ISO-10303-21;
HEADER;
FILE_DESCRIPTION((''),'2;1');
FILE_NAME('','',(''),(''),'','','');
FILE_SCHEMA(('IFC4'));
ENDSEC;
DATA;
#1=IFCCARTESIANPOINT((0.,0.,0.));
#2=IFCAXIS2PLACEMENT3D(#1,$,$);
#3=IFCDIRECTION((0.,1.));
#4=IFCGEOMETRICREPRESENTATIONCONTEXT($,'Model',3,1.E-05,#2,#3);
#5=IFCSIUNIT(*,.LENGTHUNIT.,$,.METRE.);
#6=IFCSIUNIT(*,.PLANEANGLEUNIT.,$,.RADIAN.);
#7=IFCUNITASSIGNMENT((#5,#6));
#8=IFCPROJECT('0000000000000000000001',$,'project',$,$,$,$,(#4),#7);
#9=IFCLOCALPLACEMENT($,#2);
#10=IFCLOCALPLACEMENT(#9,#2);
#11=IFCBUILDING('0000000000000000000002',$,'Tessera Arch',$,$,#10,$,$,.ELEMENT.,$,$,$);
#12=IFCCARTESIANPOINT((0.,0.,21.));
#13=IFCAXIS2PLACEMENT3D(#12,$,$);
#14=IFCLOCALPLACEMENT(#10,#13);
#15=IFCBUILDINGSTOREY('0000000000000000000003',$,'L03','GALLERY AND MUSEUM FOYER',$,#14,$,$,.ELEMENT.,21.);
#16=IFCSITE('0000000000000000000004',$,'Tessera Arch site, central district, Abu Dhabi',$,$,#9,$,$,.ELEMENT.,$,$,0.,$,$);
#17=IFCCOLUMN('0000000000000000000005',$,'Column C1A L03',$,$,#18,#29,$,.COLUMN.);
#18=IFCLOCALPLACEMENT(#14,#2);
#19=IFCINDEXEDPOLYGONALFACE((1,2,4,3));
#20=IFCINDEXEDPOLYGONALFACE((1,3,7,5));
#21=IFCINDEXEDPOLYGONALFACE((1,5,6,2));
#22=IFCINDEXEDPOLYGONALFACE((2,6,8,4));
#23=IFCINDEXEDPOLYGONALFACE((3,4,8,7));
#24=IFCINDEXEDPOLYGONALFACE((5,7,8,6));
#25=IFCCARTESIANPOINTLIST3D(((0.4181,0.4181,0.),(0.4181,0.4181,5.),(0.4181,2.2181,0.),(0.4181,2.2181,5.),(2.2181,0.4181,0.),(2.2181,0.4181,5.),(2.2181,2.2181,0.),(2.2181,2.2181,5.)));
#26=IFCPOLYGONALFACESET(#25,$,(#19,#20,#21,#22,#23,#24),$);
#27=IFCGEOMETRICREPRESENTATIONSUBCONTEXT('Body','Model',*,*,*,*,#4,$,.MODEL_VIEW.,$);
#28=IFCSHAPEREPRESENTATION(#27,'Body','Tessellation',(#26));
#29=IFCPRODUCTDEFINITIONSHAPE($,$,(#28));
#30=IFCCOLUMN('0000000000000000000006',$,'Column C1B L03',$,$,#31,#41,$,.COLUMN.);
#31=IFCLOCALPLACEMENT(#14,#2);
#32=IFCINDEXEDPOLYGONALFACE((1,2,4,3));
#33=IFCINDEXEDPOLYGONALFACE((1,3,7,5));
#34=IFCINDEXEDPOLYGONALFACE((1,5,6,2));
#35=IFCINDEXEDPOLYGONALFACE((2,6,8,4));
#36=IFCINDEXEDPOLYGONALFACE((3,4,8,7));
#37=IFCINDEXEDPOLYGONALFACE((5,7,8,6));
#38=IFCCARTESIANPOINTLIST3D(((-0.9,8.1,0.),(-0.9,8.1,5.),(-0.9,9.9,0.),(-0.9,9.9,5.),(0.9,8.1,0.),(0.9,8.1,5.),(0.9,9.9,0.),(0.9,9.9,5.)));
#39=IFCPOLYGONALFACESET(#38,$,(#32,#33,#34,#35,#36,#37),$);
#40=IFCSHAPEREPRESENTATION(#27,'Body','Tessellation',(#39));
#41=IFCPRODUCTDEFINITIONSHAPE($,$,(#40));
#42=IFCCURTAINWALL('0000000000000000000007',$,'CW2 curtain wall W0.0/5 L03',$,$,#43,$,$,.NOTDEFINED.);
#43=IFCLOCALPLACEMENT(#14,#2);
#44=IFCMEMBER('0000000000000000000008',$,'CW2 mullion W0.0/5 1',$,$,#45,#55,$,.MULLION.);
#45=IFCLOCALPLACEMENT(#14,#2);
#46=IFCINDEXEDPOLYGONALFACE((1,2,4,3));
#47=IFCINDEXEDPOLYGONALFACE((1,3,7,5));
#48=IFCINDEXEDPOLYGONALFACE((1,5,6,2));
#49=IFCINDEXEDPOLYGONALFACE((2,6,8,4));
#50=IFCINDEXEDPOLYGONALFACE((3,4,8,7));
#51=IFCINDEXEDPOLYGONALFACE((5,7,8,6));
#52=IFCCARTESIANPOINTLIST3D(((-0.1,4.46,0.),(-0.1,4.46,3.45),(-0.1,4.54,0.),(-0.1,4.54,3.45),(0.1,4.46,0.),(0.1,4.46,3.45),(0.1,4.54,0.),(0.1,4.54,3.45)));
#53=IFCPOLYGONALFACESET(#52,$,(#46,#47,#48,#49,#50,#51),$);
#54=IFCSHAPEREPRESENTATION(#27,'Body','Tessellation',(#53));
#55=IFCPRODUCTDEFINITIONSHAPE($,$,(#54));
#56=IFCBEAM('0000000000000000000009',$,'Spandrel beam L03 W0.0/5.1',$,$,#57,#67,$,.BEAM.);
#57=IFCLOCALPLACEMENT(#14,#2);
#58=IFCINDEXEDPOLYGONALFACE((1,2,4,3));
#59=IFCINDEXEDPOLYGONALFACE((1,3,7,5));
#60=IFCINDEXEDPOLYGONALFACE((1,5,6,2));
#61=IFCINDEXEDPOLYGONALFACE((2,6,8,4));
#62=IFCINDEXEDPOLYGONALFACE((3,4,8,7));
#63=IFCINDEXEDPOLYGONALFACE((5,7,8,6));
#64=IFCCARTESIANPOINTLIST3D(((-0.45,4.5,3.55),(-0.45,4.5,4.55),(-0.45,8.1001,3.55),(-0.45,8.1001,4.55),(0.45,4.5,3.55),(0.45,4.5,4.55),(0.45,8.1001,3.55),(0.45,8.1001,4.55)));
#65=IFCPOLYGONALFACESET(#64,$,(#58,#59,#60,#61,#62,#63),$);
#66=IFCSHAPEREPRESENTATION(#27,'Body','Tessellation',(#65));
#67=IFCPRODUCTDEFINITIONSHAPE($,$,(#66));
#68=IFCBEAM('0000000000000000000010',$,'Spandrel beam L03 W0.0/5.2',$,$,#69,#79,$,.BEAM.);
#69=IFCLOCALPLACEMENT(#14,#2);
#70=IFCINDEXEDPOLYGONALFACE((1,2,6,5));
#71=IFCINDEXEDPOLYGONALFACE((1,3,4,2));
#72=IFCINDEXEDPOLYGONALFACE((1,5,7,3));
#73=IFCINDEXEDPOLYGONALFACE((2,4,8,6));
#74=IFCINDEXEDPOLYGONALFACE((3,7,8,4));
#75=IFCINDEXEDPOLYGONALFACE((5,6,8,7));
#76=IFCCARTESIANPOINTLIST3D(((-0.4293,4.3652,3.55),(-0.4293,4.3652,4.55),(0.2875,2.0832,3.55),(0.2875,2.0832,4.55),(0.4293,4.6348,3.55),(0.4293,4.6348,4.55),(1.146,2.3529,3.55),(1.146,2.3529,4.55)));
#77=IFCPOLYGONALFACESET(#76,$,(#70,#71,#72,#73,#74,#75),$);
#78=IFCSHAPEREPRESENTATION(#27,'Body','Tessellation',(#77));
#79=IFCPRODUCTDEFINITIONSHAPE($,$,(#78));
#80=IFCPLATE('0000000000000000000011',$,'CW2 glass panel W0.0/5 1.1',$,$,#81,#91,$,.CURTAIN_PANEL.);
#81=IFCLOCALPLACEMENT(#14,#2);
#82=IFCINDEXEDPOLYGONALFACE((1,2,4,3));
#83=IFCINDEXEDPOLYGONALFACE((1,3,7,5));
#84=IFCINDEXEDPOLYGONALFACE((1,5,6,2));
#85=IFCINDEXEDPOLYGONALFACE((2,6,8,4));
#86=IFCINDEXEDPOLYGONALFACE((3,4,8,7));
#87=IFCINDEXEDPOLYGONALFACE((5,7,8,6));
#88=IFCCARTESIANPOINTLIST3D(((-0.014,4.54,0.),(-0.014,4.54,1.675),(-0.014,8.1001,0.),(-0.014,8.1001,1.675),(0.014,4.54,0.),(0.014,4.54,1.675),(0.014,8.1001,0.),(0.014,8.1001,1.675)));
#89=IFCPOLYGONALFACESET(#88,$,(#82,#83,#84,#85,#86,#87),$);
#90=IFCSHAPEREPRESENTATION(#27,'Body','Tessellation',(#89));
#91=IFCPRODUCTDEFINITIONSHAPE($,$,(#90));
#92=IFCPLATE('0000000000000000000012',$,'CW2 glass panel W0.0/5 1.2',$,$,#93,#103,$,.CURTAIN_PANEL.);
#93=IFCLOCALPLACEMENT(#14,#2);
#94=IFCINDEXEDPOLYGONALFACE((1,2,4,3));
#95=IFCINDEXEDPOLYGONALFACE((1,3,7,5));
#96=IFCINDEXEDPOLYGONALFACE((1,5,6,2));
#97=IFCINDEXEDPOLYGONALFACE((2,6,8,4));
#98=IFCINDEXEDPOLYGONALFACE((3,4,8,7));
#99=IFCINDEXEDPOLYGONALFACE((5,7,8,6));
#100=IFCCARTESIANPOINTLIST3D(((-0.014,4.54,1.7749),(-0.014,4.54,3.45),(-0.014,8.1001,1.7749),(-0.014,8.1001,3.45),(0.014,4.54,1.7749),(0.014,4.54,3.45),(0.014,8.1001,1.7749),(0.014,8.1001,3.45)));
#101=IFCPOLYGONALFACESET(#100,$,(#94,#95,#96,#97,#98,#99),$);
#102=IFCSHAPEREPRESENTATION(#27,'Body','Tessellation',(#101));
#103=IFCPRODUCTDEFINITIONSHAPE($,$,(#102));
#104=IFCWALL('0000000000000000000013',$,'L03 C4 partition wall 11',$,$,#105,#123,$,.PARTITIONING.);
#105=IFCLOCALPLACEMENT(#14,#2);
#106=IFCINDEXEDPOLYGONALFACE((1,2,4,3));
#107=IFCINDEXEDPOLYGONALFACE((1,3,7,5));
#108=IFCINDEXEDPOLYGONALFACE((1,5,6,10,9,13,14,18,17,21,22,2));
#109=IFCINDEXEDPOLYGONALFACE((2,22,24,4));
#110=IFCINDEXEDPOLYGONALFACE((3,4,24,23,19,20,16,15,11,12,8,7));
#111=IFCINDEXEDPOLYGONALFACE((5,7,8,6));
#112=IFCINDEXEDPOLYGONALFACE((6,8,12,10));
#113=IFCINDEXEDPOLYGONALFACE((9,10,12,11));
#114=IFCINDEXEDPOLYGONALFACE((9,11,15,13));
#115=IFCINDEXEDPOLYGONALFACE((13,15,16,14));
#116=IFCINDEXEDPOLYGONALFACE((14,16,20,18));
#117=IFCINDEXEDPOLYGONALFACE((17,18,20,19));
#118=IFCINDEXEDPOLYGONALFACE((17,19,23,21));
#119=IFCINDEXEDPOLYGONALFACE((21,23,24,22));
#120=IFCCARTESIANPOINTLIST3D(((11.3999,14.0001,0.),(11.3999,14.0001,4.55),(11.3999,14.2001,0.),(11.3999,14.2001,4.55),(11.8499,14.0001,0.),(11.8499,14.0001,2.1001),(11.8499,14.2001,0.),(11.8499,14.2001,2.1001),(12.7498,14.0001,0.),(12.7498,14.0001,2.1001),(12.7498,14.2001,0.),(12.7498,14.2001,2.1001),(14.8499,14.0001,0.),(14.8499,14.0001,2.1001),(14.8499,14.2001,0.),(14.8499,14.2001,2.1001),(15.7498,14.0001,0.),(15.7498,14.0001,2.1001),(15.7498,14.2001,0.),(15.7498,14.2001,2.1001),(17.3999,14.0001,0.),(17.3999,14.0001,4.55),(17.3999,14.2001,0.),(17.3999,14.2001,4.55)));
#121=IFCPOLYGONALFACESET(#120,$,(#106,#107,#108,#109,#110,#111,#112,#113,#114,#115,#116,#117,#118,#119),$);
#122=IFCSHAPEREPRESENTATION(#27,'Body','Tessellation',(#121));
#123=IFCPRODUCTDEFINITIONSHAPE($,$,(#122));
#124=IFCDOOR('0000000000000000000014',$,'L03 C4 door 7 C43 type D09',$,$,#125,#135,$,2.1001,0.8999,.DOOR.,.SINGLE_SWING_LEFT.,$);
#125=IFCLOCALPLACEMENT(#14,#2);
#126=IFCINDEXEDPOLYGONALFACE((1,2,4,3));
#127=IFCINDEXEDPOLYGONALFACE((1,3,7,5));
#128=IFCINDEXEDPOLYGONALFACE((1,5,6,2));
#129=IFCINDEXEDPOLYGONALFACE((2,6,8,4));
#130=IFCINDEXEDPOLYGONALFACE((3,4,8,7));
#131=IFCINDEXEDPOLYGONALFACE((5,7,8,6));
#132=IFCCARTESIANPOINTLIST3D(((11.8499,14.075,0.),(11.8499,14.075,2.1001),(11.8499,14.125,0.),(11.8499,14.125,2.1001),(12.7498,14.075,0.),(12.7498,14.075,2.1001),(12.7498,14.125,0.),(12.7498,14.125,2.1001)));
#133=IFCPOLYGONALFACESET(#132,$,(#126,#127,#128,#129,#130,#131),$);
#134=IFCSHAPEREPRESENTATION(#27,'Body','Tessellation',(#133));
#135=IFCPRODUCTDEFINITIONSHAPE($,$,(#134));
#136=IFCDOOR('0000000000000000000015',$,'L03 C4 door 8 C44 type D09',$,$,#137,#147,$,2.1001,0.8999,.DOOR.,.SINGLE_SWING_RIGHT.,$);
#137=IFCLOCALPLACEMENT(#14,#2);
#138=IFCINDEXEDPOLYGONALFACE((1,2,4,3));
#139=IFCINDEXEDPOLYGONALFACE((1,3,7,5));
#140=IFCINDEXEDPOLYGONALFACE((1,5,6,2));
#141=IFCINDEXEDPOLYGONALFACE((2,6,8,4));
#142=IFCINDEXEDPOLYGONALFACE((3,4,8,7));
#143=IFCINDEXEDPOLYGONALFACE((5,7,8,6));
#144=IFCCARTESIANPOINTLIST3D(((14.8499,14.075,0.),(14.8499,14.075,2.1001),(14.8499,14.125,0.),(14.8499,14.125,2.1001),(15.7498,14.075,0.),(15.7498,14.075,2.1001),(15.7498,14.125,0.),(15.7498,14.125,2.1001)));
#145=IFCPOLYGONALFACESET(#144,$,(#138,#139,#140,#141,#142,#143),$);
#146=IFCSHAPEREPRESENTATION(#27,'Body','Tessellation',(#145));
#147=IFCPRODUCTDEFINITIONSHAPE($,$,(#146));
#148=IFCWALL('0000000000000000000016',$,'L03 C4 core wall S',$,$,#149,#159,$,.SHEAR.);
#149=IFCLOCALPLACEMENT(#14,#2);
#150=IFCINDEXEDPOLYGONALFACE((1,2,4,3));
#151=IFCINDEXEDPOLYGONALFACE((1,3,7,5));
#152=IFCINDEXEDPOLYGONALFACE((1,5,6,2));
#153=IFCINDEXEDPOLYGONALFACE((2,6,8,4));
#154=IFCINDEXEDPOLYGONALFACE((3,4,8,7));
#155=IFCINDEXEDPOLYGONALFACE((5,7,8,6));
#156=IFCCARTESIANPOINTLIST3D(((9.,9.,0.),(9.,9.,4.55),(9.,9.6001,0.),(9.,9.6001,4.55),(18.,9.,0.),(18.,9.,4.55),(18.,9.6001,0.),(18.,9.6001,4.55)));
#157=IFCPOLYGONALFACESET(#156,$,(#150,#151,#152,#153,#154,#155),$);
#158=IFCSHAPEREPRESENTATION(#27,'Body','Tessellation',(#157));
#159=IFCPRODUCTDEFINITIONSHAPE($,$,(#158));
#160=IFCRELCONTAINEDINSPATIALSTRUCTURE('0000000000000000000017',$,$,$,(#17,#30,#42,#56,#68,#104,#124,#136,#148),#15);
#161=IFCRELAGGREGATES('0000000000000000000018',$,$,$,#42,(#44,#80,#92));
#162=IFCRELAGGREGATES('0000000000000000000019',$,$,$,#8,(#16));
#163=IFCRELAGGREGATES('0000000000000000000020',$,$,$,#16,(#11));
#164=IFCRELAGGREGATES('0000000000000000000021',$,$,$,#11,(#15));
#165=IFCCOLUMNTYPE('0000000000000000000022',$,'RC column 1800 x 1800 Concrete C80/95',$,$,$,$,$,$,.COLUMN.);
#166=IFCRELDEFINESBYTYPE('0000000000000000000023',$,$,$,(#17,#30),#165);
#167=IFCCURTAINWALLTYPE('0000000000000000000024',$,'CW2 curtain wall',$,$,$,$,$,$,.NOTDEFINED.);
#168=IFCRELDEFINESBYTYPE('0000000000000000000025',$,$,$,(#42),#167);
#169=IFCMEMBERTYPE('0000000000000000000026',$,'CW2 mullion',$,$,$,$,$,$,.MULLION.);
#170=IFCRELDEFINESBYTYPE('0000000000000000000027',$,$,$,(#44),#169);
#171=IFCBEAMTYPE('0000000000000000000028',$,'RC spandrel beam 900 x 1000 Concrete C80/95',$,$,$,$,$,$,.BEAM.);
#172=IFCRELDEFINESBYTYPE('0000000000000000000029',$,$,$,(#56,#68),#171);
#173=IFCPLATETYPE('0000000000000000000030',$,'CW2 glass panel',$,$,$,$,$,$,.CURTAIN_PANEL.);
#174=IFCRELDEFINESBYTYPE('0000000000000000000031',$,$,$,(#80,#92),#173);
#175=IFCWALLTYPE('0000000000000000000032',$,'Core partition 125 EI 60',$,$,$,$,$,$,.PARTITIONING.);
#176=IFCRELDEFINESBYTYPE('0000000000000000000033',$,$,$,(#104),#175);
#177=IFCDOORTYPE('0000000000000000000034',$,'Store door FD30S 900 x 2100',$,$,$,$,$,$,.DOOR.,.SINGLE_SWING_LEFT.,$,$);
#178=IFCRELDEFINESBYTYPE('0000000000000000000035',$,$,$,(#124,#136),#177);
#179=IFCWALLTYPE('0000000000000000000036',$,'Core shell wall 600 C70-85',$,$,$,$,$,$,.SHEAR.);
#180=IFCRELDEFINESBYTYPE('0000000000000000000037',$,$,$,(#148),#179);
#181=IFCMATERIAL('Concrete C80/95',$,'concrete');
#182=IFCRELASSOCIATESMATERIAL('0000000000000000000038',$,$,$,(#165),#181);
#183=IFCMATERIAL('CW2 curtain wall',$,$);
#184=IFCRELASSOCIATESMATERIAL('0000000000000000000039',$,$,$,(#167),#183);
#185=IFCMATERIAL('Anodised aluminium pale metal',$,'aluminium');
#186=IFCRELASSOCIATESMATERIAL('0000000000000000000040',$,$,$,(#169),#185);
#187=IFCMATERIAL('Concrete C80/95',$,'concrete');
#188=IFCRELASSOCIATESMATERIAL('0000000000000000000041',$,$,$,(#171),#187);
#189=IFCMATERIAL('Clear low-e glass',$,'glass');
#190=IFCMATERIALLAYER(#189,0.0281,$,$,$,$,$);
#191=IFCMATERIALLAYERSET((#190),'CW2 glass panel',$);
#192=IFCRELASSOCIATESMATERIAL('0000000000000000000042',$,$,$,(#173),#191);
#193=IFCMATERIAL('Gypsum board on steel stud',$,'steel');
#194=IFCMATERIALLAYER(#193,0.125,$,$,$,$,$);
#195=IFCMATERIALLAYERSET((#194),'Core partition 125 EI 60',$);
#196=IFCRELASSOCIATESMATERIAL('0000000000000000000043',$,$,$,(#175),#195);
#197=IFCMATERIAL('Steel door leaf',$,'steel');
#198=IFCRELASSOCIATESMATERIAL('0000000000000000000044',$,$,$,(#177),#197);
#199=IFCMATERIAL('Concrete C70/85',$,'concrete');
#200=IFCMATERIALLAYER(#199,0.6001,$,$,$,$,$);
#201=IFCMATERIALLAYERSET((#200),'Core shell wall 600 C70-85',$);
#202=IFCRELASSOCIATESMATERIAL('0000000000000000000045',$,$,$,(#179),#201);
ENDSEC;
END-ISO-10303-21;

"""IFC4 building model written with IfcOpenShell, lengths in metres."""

from ifc_helpers import new_model, si_unit, direction, frame, frame_2d, origin, origin_2d, place, context, subcontext, project, spatial, rectangle, extrude, material, layer, layer_set, material_profile, profile_set, type_object, element, fill, aggregate, save


model = new_model("IFC4")

# Units and contexts
model_context = context("Model", 3, precision=1e-05, world=origin(), true_north=direction((0.0, 1.0)))
body_context = subcontext(model_context, "Body", "Model", "MODEL_VIEW")
ifc_project = project(units=[si_unit("LENGTHUNIT", "METRE"), si_unit("PLANEANGLEUNIT", "RADIAN")], contexts=[model_context])

# Site, building, storey
site_placement = place(None, origin())
site = spatial("IfcSite", under=ifc_project, at=site_placement, Name="Tessera Arch site, central district, Abu Dhabi", CompositionType="ELEMENT", RefElevation=0.0)
building_placement = place(site_placement, origin())
building = spatial("IfcBuilding", under=site, at=building_placement, Name="Tessera Arch", CompositionType="ELEMENT")
storey_placement = place(building_placement, frame((0.0, 0.0, 21.0)))
storey = spatial("IfcBuildingStorey", under=building, at=storey_placement, Name="L03", Description="GALLERY AND MUSEUM FOYER", CompositionType="ELEMENT", Elevation=21.0)

# Columns
ifc_material_1 = material(Name="Concrete C80/95", Category="concrete")
ifc_material_profile_1 = material_profile(ifc_material_1, rectangle(XDim=1.8, YDim=1.8, at=origin_2d()), Name="RC column 1800 x 1800 Concrete C80/95")
ifc_profile_set_1 = profile_set([ifc_material_profile_1], Name="Concrete C80/95")
column_type = type_object("IfcColumnType", Name="RC column 1800 x 1800 Concrete C80/95", PredefinedType="COLUMN", material=ifc_profile_set_1)
for number, where, z_axis, x_axis, name in (
    (1, (1.3181, 1.3181, 0.0), (0.0, 0.0, 1.0), (1.0, 0.0, 0.0), "Column C1A L03"),
    (2, (0.0, 9.0, 0.0), (0.0, 0.0, 1.0), (1.0, 0.0, 0.0), "Column C1B L03"),
):
    element("IfcColumn", number, at=place(storey_placement, frame(where, z_axis=z_axis, x_axis=x_axis)), inside=storey, type_object=column_type, Name=name, PredefinedType="COLUMN", context=body_context, shape_type="SweptSolid", body=[
        extrude(rectangle(XDim=1.8, YDim=1.8, at=origin_2d()), origin(), (0.0, 0.0, 1.0), 5.0),
    ])

# Curtain wall, member
ifc_material_2 = material(Name="CW2 curtain wall")
curtain_wall_type = type_object("IfcCurtainWallType", Name="CW2 curtain wall", PredefinedType="NOTDEFINED", material=ifc_material_2)
curtain_wall_placement = place(storey_placement, origin())
curtain_wall = element("IfcCurtainWall", 3, at=curtain_wall_placement, inside=storey, type_object=curtain_wall_type, Name="CW2 curtain wall W0.0/5 L03", PredefinedType="NOTDEFINED")
ifc_material_3 = material(Name="Anodised aluminium pale metal", Category="aluminium")
ifc_material_profile_2 = material_profile(ifc_material_3, rectangle(XDim=0.2, YDim=0.0801, at=origin_2d()), Name="AL 80x200")
ifc_profile_set_2 = profile_set([ifc_material_profile_2], Name="Anodised aluminium pale metal")
member_type = type_object("IfcMemberType", Name="CW2 mullion", PredefinedType="MULLION", material=ifc_profile_set_2)
member_placement = place(storey_placement, frame((0.0, 4.5, 0.0), z_axis=(0.0, 0.0, 1.0), x_axis=(1.0, 0.0, 0.0)))
member = element("IfcMember", 4, at=member_placement, type_object=member_type, Name="CW2 mullion W0.0/5 1", PredefinedType="MULLION", context=body_context, shape_type="SweptSolid", body=[
    extrude(rectangle(XDim=0.2, YDim=0.0801, at=origin_2d()), origin(), (0.0, 0.0, 1.0), 3.45),
])

# Beams
ifc_material_4 = material(Name="Concrete C80/95", Category="concrete")
ifc_material_profile_3 = material_profile(ifc_material_4, rectangle(XDim=0.8999, YDim=1.0, at=origin_2d()), Name="RC spandrel beam 900 x 1000 Concrete C80/95")
ifc_profile_set_3 = profile_set([ifc_material_profile_3], Name="Concrete C80/95")
beam_type = type_object("IfcBeamType", Name="RC spandrel beam 900 x 1000 Concrete C80/95", PredefinedType="BEAM", material=ifc_profile_set_3)
beam_1_placement = place(storey_placement, frame((0.0, 8.1001, 4.05), z_axis=(0.0, -1.0, 0.0), x_axis=(1.0, 0.0, 0.0)))
element("IfcBeam", 5, at=beam_1_placement, inside=storey, type_object=beam_type, Name="Spandrel beam L03 W0.0/5.1", PredefinedType="BEAM", context=body_context, shape_type="SweptSolid", body=[
    extrude(rectangle(XDim=0.8999, YDim=1.0, at=origin_2d()), origin(), (0.0, 0.0, 1.0), 3.6001),
])
beam_2_placement = place(storey_placement, frame((0.0, 4.5, 4.05), z_axis=(0.299675, -0.954041, 0.0), x_axis=(0.954041, 0.299675, 0.0)))
element("IfcBeam", 6, at=beam_2_placement, inside=storey, type_object=beam_type, Name="Spandrel beam L03 W0.0/5.2", PredefinedType="BEAM", context=body_context, shape_type="SweptSolid", body=[
    extrude(rectangle(XDim=0.8999, YDim=1.0, at=origin_2d()), origin(), (0.0, 0.0, 1.0), 2.3918),
])

# Plates
ifc_material_5 = material(Name="Clear low-e glass", Category="glass")
ifc_layer_1 = layer(ifc_material_5, 0.0281)
ifc_layer_set_1 = layer_set([ifc_layer_1], Name="CW2 glass panel")
plate_type = type_object("IfcPlateType", Name="CW2 glass panel", PredefinedType="CURTAIN_PANEL", material=ifc_layer_set_1)
plate_1_placement = place(storey_placement, frame((0.0, 6.3201, 0.0), z_axis=(0.0, 0.0, 1.0), x_axis=(0.0, -1.0, 0.0)))
plate_1 = element("IfcPlate", 7, at=plate_1_placement, type_object=plate_type, Name="CW2 glass panel W0.0/5 1.1", PredefinedType="CURTAIN_PANEL", context=body_context, shape_type="SweptSolid", body=[
    extrude(rectangle(XDim=3.5601, YDim=0.0281, at=origin_2d()), origin(), (0.0, 0.0, 1.0), 1.675),
])
plate_2_placement = place(storey_placement, frame((0.0, 6.3201, 1.7749), z_axis=(0.0, 0.0, 1.0), x_axis=(0.0, -1.0, 0.0)))
plate_2 = element("IfcPlate", 8, at=plate_2_placement, type_object=plate_type, Name="CW2 glass panel W0.0/5 1.2", PredefinedType="CURTAIN_PANEL", context=body_context, shape_type="SweptSolid", body=[
    extrude(rectangle(XDim=3.5601, YDim=0.0281, at=origin_2d()), origin(), (0.0, 0.0, 1.0), 1.675),
])
aggregate(curtain_wall, [member, plate_1, plate_2])

# Wall, openings, doors
ifc_material_6 = material(Name="Gypsum board on steel stud", Category="steel")
ifc_layer_2 = layer(ifc_material_6, 0.125)
ifc_layer_set_2 = layer_set([ifc_layer_2], Name="Core partition 125 EI 60")
wall_type_1 = type_object("IfcWallType", Name="Core partition 125 EI 60", PredefinedType="PARTITIONING", material=ifc_layer_set_2)
wall_1_placement = place(storey_placement, frame((11.3999, 14.1001, 0.0), z_axis=(0.0, 0.0, 1.0), x_axis=(1.0, 0.0, 0.0)))
wall_1 = element("IfcWall", 9, at=wall_1_placement, inside=storey, type_object=wall_type_1, Name="L03 C4 partition wall 11", PredefinedType="PARTITIONING", context=body_context, shape_type="SweptSolid", body=[
    extrude(rectangle(XDim=6.0, YDim=0.2, at=frame_2d((3.0, 0.0))), origin(), (0.0, 0.0, 1.0), 4.55),
])
opening_1_placement = place(wall_1_placement, frame((0.45, 0.0, 0.0)))
opening_1 = element("IfcOpeningElement", 10, at=opening_1_placement, cuts=wall_1, PredefinedType="OPENING", context=body_context, shape_type="SweptSolid", body=[
    extrude(rectangle(XDim=0.8999, YDim=2.1001, at=frame_2d((0.45, 1.05))), frame((0.0, 0.1099, 0.0), z_axis=(0.0, -1.0, 0.0), x_axis=(1.0, 0.0, 0.0)), (0.0, 0.0, 1.0), 0.22),
])
opening_2_placement = place(wall_1_placement, frame((3.45, 0.0, 0.0)))
opening_2 = element("IfcOpeningElement", 11, at=opening_2_placement, cuts=wall_1, PredefinedType="OPENING", context=body_context, shape_type="SweptSolid", body=[
    extrude(rectangle(XDim=0.8999, YDim=2.1001, at=frame_2d((0.45, 1.05))), frame((0.0, 0.1099, 0.0), z_axis=(0.0, -1.0, 0.0), x_axis=(1.0, 0.0, 0.0)), (0.0, 0.0, 1.0), 0.22),
])
ifc_material_7 = material(Name="Steel door leaf", Category="steel")
door_type_1 = type_object("IfcDoorType", Name="Store door FD30S 900 x 2100", OperationType="SINGLE_SWING_LEFT", PredefinedType="DOOR", material=ifc_material_7)
door_1_placement = place(opening_1_placement, origin())
door_1 = element("IfcDoor", 12, at=door_1_placement, inside=storey, type_object=door_type_1, Name="L03 C4 door 7 C43 type D09", OperationType="SINGLE_SWING_LEFT", OverallHeight=2.1001, OverallWidth=0.8999, PredefinedType="DOOR", context=body_context, shape_type="SweptSolid", body=[
    extrude(rectangle(XDim=0.8999, YDim=2.1001, at=frame_2d((0.45, 1.05))), frame((0.0, 0.0249, 0.0), z_axis=(0.0, -1.0, 0.0), x_axis=(1.0, 0.0, 0.0)), (0.0, 0.0, 1.0), 0.05),
])
fill(opening_1, door_1)
door_2_placement = place(opening_2_placement, origin())
door_2 = element("IfcDoor", 13, at=door_2_placement, inside=storey, type_object=door_type_1, Name="L03 C4 door 8 C44 type D09", OperationType="SINGLE_SWING_RIGHT", OverallHeight=2.1001, OverallWidth=0.8999, PredefinedType="DOOR", context=body_context, shape_type="SweptSolid", body=[
    extrude(rectangle(XDim=0.8999, YDim=2.1001, at=frame_2d((0.45, 1.05))), frame((0.0, 0.0249, 0.0), z_axis=(0.0, -1.0, 0.0), x_axis=(1.0, 0.0, 0.0)), (0.0, 0.0, 1.0), 0.05),
])
fill(opening_2, door_2)

# Wall
ifc_material_8 = material(Name="Concrete C70/85", Category="concrete")
ifc_layer_3 = layer(ifc_material_8, 0.6001)
ifc_layer_set_3 = layer_set([ifc_layer_3], Name="Core shell wall 600 C70-85")
wall_type_2 = type_object("IfcWallType", Name="Core shell wall 600 C70-85", PredefinedType="SHEAR", material=ifc_layer_set_3)
wall_2_placement = place(storey_placement, frame((9.0, 9.3, 0.0), z_axis=(0.0, 0.0, 1.0), x_axis=(1.0, 0.0, 0.0)))
element("IfcWall", 14, at=wall_2_placement, inside=storey, type_object=wall_type_2, Name="L03 C4 core wall S", PredefinedType="SHEAR", context=body_context, shape_type="SweptSolid", body=[
    extrude(rectangle(XDim=9.0, YDim=0.6001, at=frame_2d((4.5, 0.0))), origin(), (0.0, 0.0, 1.0), 4.55),
])

save(model, "model.ifc")
